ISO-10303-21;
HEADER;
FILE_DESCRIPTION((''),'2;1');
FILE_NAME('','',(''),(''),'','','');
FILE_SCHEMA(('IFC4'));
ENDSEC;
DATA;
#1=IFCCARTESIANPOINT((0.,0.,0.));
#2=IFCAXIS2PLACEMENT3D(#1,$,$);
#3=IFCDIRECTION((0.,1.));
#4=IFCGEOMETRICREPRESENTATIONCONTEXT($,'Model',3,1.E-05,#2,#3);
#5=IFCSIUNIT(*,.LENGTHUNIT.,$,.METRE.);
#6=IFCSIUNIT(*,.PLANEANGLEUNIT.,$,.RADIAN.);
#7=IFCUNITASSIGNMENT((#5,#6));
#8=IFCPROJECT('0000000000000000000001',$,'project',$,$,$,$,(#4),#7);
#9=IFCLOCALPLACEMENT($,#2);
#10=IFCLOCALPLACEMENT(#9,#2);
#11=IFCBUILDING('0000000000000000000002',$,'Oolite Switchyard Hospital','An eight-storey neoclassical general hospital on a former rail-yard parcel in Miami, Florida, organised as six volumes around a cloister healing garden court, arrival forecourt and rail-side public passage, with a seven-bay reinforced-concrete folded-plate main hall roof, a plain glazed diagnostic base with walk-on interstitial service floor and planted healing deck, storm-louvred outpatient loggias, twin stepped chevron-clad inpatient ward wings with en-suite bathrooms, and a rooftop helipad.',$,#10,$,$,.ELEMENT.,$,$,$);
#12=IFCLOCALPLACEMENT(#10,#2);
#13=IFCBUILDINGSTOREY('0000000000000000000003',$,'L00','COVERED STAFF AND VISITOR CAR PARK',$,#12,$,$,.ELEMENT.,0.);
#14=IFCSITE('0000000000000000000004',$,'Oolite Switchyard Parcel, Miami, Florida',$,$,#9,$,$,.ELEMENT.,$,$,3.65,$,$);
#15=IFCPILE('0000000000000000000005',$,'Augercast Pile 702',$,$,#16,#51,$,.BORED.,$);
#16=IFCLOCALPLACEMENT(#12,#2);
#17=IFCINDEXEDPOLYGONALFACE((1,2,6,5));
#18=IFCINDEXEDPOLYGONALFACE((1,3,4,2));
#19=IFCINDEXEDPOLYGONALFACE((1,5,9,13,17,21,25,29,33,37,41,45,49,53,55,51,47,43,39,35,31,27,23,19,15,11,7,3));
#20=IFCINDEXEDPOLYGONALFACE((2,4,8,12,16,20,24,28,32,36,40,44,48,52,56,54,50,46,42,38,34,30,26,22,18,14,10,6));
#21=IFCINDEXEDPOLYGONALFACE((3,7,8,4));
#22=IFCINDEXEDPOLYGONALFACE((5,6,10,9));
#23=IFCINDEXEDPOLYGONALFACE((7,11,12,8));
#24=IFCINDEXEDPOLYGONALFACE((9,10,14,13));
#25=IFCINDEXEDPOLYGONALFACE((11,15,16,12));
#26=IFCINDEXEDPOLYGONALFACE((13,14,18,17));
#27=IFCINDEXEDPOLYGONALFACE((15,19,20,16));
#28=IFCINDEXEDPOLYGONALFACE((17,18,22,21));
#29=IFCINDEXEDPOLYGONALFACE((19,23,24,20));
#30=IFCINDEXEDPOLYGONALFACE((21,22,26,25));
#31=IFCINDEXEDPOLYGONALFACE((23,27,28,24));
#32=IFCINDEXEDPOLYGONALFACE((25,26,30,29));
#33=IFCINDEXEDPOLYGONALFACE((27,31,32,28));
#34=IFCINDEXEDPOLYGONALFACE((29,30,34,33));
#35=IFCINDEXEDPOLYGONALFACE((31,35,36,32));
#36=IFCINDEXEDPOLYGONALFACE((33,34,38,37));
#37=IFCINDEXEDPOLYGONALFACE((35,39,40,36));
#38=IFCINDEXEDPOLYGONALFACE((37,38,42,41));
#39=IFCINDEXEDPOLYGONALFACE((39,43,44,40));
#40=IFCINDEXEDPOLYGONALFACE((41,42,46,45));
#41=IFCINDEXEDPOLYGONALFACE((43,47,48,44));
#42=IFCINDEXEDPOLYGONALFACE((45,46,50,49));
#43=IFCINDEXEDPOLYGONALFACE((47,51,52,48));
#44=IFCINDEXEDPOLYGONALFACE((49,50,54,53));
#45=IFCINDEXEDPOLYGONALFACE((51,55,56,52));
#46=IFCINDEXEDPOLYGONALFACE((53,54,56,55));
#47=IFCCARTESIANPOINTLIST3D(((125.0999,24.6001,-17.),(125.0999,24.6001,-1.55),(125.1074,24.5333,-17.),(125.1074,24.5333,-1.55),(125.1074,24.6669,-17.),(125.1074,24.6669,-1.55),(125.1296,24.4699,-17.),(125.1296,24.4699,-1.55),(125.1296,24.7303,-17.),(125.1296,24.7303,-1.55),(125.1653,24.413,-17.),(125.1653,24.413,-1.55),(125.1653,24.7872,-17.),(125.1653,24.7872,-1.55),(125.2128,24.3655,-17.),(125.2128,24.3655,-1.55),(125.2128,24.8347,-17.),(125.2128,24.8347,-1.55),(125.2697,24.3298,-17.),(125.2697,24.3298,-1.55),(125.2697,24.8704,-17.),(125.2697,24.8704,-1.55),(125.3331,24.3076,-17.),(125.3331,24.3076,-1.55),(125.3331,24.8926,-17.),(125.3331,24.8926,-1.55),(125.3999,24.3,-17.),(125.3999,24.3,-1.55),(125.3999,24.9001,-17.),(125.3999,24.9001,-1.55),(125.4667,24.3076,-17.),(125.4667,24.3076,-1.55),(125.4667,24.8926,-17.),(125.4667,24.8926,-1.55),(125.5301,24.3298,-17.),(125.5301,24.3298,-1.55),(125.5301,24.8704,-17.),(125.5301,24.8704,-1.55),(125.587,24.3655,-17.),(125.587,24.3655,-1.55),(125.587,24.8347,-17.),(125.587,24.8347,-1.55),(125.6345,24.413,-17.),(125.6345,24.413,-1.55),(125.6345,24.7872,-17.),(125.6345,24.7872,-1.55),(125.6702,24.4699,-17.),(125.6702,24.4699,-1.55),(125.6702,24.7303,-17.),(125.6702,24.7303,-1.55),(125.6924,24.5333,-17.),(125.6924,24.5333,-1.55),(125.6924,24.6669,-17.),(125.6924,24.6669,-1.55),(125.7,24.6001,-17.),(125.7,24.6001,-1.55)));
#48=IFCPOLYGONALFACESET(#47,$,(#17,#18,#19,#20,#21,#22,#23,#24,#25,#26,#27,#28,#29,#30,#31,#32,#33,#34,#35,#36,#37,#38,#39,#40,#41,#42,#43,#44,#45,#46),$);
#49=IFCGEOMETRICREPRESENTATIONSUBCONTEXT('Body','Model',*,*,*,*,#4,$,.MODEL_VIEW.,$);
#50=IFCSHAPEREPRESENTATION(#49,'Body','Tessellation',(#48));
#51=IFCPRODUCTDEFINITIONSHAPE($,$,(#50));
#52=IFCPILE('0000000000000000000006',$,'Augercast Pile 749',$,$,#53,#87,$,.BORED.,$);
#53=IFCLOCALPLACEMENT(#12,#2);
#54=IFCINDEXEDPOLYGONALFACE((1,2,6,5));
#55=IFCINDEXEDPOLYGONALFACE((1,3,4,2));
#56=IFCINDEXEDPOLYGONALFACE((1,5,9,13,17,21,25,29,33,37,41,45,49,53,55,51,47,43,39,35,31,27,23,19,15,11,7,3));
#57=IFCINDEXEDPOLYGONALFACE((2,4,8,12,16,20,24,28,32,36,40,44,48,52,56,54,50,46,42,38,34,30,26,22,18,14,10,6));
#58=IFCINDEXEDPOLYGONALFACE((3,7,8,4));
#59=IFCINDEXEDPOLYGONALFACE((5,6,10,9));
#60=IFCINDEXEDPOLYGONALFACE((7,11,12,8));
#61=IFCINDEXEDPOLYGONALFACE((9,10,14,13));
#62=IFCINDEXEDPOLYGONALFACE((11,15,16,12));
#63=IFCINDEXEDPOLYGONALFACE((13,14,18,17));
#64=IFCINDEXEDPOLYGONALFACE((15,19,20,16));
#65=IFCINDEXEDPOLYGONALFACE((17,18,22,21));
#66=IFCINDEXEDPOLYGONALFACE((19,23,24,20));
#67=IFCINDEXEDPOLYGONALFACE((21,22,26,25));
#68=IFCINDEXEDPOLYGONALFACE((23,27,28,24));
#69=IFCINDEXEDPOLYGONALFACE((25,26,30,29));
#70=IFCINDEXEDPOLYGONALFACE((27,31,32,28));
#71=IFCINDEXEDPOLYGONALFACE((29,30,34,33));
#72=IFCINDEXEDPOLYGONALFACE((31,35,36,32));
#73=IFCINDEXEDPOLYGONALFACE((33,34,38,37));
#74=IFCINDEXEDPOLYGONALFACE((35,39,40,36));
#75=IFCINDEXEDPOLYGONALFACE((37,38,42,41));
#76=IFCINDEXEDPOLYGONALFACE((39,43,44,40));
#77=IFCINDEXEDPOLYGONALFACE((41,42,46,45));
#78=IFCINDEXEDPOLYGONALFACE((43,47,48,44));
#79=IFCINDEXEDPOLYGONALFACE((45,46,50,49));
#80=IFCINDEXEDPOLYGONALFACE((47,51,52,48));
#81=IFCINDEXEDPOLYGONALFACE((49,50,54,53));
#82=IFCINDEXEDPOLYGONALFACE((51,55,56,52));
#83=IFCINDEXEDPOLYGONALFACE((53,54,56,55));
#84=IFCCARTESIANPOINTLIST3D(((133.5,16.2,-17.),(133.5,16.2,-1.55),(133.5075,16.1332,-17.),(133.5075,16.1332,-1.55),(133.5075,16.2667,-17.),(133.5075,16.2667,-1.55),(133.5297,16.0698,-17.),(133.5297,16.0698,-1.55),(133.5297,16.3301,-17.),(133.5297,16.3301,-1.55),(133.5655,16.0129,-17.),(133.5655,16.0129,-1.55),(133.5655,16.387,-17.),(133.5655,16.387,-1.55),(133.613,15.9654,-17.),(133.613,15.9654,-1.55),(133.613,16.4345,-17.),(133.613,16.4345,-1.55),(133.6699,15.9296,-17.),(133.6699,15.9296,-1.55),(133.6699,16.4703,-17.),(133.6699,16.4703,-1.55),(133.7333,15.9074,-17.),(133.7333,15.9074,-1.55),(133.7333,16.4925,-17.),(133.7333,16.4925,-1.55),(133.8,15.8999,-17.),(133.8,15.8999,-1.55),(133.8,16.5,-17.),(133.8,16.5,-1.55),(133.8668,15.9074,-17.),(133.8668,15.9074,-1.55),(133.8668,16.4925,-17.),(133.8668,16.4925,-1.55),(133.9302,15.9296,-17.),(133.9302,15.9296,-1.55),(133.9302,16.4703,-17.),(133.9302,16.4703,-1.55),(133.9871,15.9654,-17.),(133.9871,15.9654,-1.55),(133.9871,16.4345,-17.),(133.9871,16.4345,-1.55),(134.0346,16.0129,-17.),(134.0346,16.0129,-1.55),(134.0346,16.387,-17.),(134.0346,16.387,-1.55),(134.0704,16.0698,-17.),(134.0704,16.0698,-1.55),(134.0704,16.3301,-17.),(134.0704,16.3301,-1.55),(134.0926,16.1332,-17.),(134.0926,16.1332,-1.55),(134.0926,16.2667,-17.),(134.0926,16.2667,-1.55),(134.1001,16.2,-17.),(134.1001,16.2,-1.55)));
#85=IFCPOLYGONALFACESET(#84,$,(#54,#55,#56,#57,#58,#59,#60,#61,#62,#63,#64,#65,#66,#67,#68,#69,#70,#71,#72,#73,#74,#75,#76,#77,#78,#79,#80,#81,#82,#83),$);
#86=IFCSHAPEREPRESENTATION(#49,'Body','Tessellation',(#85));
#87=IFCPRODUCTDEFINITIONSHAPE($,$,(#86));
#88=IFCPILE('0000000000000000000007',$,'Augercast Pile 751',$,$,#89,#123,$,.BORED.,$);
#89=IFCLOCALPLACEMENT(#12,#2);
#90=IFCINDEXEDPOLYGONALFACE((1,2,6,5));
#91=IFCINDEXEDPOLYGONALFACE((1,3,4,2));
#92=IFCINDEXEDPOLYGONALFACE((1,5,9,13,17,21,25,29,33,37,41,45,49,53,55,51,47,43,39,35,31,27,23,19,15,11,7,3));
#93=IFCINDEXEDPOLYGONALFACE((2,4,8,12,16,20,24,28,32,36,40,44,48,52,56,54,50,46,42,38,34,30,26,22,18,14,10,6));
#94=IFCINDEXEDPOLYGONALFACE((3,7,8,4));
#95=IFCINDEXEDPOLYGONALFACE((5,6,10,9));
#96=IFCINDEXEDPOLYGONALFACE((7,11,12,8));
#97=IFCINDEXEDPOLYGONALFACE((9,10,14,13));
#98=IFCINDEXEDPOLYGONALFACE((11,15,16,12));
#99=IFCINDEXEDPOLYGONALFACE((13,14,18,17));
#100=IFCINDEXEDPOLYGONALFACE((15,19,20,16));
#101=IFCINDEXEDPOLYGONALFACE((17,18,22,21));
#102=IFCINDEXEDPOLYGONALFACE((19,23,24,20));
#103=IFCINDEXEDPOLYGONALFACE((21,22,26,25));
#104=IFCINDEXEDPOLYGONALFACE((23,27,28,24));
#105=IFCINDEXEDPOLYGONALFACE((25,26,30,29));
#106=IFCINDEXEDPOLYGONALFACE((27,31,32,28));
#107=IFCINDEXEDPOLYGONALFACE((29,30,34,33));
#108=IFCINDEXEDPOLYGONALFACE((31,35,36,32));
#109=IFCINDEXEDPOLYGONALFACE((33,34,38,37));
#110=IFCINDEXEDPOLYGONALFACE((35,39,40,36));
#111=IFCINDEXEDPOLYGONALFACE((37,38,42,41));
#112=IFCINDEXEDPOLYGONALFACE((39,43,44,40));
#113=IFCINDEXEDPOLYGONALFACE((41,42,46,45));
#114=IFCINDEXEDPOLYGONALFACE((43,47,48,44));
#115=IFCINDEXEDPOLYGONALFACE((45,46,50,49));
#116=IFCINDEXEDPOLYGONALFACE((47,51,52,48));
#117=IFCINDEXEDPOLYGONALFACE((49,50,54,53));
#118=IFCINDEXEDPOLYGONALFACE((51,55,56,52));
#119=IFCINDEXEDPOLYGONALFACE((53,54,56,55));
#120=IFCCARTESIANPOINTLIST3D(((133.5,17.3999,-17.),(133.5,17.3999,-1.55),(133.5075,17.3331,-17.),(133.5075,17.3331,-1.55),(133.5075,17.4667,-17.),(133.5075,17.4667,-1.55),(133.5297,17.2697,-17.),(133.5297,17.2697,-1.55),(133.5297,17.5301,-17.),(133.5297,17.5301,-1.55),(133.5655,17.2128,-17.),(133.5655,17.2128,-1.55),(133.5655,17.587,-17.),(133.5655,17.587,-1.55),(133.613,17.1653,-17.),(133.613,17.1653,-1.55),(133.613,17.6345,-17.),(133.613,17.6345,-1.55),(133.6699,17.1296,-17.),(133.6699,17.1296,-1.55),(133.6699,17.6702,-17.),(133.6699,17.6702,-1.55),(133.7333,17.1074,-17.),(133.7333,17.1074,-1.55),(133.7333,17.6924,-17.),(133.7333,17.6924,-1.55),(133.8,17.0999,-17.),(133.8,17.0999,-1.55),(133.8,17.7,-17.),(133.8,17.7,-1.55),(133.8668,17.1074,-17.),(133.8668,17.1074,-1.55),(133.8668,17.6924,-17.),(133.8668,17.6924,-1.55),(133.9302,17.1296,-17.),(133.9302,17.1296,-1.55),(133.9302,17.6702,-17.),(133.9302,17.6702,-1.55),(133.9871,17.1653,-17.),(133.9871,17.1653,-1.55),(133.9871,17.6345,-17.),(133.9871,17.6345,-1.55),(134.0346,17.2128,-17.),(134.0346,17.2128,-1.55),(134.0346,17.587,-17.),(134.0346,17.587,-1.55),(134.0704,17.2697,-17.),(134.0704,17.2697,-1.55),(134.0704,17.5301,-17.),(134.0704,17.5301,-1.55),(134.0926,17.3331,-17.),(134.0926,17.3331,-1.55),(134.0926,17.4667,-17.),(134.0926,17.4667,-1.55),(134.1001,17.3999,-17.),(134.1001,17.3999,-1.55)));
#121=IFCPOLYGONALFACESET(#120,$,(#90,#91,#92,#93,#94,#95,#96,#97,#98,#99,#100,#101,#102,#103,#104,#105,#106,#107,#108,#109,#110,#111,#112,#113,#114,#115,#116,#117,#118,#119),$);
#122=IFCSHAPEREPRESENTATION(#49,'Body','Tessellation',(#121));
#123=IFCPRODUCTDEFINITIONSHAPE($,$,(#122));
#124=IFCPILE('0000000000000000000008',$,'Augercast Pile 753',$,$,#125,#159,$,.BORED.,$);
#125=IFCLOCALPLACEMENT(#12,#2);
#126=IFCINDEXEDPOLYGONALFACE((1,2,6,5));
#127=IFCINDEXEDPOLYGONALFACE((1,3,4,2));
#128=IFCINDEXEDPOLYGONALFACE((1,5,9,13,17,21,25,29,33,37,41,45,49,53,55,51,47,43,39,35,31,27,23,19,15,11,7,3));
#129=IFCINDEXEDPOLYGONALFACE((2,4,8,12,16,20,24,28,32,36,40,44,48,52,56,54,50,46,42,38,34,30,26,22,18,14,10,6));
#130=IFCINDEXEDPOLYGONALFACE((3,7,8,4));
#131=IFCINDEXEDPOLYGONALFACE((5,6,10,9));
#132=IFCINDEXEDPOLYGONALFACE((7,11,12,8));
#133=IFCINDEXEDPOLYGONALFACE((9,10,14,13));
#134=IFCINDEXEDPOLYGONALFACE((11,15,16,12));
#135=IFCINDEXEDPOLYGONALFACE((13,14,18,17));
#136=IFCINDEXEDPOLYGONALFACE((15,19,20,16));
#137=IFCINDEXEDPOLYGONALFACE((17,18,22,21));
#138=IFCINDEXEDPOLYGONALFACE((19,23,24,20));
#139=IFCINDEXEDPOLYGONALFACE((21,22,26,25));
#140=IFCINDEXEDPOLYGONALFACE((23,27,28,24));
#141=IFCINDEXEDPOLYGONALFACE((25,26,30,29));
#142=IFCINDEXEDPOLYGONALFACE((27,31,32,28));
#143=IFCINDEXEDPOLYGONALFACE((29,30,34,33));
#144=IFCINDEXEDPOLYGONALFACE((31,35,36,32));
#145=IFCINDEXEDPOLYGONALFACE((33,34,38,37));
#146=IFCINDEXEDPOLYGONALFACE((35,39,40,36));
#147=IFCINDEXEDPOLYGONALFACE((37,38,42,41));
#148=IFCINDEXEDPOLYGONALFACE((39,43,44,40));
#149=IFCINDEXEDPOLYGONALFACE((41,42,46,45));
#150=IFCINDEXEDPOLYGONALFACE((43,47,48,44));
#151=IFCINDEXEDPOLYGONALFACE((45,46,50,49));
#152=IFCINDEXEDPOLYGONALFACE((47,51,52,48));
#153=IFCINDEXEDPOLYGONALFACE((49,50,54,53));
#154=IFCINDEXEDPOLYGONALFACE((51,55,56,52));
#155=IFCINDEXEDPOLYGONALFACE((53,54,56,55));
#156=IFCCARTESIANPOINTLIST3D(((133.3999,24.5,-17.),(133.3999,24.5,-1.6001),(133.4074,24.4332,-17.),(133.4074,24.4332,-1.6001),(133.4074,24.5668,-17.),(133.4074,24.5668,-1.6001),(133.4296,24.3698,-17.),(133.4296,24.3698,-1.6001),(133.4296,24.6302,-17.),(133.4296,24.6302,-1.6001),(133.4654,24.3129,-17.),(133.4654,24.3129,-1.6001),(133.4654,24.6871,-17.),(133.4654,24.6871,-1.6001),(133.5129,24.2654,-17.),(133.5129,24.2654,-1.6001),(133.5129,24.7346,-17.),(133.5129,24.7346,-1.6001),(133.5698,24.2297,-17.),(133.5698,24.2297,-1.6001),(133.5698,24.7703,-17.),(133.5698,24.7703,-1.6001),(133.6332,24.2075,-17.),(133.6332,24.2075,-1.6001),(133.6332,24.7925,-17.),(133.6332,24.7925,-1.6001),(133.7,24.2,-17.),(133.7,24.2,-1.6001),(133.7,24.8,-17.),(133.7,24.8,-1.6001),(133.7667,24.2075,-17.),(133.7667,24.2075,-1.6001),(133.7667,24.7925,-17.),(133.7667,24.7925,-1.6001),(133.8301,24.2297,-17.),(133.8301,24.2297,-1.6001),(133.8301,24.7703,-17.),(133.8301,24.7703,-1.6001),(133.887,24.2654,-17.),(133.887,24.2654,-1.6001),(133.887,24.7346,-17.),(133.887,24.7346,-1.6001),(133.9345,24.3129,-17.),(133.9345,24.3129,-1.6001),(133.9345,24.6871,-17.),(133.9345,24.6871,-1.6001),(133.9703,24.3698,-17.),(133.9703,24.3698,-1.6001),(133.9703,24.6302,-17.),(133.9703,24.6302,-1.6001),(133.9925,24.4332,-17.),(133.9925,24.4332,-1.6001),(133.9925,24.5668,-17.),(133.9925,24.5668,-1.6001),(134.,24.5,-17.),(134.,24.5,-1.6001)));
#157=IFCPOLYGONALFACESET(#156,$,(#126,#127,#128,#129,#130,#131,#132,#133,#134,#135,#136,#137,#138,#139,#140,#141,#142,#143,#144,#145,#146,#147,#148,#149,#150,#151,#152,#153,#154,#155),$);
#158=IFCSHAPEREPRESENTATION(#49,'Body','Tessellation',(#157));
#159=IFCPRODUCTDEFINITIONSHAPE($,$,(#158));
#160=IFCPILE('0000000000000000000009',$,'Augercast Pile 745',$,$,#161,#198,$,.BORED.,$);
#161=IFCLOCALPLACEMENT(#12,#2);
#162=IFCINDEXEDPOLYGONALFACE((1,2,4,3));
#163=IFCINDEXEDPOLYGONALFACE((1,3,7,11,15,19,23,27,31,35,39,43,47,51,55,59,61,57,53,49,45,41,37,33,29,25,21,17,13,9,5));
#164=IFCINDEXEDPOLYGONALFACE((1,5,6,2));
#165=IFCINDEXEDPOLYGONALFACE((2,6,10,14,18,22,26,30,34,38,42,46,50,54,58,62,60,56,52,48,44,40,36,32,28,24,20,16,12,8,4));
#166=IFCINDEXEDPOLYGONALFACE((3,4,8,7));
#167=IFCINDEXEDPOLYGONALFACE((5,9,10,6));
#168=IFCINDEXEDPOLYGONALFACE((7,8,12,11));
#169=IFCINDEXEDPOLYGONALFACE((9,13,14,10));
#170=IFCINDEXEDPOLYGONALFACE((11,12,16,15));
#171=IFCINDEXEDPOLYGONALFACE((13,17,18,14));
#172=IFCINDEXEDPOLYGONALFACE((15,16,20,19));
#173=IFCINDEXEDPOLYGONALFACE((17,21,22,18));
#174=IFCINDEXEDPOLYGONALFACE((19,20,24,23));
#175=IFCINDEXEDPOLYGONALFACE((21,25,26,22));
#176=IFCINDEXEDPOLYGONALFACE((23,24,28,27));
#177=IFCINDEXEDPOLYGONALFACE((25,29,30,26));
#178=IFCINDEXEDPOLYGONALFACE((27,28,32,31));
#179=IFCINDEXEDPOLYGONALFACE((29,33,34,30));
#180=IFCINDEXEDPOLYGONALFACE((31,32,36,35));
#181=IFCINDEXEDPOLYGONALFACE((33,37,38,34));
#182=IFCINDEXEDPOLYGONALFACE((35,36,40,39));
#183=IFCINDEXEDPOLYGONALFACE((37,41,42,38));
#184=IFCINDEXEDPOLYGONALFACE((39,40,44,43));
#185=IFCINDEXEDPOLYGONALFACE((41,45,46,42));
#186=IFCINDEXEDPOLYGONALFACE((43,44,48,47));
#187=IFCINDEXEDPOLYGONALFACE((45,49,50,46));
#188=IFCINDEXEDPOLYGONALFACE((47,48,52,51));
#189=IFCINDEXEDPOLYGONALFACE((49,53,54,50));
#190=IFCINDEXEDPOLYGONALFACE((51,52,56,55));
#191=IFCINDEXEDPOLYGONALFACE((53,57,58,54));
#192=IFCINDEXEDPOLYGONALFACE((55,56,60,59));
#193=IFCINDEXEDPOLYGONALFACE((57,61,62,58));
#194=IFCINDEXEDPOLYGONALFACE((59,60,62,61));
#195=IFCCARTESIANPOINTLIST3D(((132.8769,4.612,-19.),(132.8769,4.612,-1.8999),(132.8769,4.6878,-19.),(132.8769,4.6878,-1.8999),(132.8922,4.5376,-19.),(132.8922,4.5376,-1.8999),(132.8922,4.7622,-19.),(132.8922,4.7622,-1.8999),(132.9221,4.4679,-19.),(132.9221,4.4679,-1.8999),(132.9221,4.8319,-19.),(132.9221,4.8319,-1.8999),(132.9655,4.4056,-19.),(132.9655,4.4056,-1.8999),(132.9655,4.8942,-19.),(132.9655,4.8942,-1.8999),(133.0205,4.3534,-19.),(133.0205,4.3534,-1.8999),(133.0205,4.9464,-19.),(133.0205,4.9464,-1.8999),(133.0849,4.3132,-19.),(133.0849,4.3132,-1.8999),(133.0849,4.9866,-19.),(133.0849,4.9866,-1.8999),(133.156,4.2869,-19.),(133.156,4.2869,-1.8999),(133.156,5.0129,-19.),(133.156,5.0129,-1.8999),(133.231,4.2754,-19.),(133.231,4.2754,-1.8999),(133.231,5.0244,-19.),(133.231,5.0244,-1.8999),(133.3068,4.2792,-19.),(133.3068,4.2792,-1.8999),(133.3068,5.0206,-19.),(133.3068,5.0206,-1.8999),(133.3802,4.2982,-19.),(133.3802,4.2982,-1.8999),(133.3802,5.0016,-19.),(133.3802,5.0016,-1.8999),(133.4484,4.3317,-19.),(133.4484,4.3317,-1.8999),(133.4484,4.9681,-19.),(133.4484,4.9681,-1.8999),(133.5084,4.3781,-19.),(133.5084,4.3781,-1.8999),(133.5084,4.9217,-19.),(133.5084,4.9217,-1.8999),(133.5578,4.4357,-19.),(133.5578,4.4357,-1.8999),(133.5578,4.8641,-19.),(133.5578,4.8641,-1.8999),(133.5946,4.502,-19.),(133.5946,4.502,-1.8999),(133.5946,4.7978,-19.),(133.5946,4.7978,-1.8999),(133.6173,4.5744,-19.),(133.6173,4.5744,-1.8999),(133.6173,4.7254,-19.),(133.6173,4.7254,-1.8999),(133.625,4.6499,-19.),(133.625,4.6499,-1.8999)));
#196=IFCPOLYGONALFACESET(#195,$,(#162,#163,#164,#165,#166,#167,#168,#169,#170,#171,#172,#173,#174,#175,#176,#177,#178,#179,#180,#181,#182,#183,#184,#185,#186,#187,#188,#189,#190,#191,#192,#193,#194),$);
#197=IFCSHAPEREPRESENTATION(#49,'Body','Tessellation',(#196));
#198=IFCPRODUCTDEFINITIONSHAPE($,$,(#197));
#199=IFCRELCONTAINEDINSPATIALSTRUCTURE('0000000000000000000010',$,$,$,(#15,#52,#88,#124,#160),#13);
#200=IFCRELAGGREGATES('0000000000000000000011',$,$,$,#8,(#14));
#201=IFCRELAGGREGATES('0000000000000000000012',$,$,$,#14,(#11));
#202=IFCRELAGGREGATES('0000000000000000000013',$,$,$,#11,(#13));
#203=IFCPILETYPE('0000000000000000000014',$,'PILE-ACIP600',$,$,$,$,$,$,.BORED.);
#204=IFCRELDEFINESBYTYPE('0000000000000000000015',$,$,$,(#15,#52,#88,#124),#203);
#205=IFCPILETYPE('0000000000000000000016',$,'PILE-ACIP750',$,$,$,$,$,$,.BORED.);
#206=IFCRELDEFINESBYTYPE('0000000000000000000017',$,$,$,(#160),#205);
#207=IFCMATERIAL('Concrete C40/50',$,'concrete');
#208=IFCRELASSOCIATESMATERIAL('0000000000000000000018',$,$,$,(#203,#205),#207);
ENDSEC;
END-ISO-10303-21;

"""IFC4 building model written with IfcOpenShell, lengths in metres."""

from ifc_helpers import new_model, si_unit, direction, frame, origin, origin_2d, place, context, subcontext, project, spatial, circle, extrude, material, material_profile, profile_set, type_object, element, save


model = new_model("IFC4")

# Units and contexts
model_context = context("Model", 3, precision=1e-05, world=origin(), true_north=direction((0.0, 1.0)))
body_context = subcontext(model_context, "Body", "Model", "MODEL_VIEW")
ifc_project = project(units=[si_unit("LENGTHUNIT", "METRE"), si_unit("PLANEANGLEUNIT", "RADIAN")], contexts=[model_context])

# Site, building, storey
site_placement = place(None, origin())
site = spatial("IfcSite", under=ifc_project, at=site_placement, Name="Oolite Switchyard Parcel, Miami, Florida", CompositionType="ELEMENT", RefElevation=3.65)
building_placement = place(site_placement, origin())
building = spatial("IfcBuilding", under=site, at=building_placement, Name="Oolite Switchyard Hospital", Description="An eight-storey neoclassical general hospital on a former rail-yard parcel in Miami, Florida, organised as six volumes around a cloister healing garden court, arrival forecourt and rail-side public passage, with a seven-bay reinforced-concrete folded-plate main hall roof, a plain glazed diagnostic base with walk-on interstitial service floor and planted healing deck, storm-louvred outpatient loggias, twin stepped chevron-clad inpatient ward wings with en-suite bathrooms, and a rooftop helipad.", CompositionType="ELEMENT")
storey_placement = place(building_placement, origin())
storey = spatial("IfcBuildingStorey", under=building, at=storey_placement, Name="L00", Description="COVERED STAFF AND VISITOR CAR PARK", CompositionType="ELEMENT", Elevation=0.0)

# Shared definitions
ifc_material_1 = material(Name="Concrete C40/50", Category="concrete")

# Piles
ifc_material_profile_1 = material_profile(ifc_material_1, circle(Radius=0.3, at=origin_2d()), Name="PILE600")
ifc_profile_set_1 = profile_set([ifc_material_profile_1], Name="Concrete C40/50")
pile_type_1 = type_object("IfcPileType", Name="PILE-ACIP600", PredefinedType="BORED", material=ifc_profile_set_1)
for number, where, z_axis, x_axis, name in (
    (1, (125.3999, 24.6001, -1.55), (0.0, 0.0, -1.0), (1.0, 0.0, 0.0), "Augercast Pile 702"),
    (2, (133.8, 16.2, -1.55), (0.0, 0.0, -1.0), (1.0, 0.0, 0.0), "Augercast Pile 749"),
    (3, (133.8, 17.3999, -1.55), (0.0, 0.0, -1.0), (1.0, 0.0, 0.0), "Augercast Pile 751"),
):
    element("IfcPile", number, at=place(storey_placement, frame(where, z_axis=z_axis, x_axis=x_axis)), inside=storey, type_object=pile_type_1, Name=name, PredefinedType="BORED", context=body_context, shape_type="SweptSolid", body=[
        extrude(circle(Radius=0.3, at=origin_2d()), origin(), (0.0, 0.0, 1.0), 15.45),
    ])
pile_1_placement = place(storey_placement, frame((133.7, 24.5, -1.6001), z_axis=(0.0, 0.0, -1.0), x_axis=(1.0, 0.0, 0.0)))
element("IfcPile", 4, at=pile_1_placement, inside=storey, type_object=pile_type_1, Name="Augercast Pile 753", PredefinedType="BORED", context=body_context, shape_type="SweptSolid", body=[
    extrude(circle(Radius=0.3, at=origin_2d()), origin(), (0.0, 0.0, 1.0), 15.3999),
])
ifc_material_profile_2 = material_profile(ifc_material_1, circle(Radius=0.375, at=origin_2d()), Name="PILE750")
ifc_profile_set_2 = profile_set([ifc_material_profile_2], Name="Concrete C40/50")
pile_type_2 = type_object("IfcPileType", Name="PILE-ACIP750", PredefinedType="BORED", material=ifc_profile_set_2)
for number, where, z_axis, x_axis, name in (
    (5, (133.25, 4.6499, -1.8999), (0.0, 0.0, -1.0), (1.0, 0.0, 0.0), "Augercast Pile 745"),
):
    element("IfcPile", number, at=place(storey_placement, frame(where, z_axis=z_axis, x_axis=x_axis)), inside=storey, type_object=pile_type_2, Name=name, PredefinedType="BORED", context=body_context, shape_type="SweptSolid", body=[
        extrude(circle(Radius=0.375, at=origin_2d()), origin(), (0.0, 0.0, 1.0), 17.1001),
    ])

save(model, "model.ifc")
